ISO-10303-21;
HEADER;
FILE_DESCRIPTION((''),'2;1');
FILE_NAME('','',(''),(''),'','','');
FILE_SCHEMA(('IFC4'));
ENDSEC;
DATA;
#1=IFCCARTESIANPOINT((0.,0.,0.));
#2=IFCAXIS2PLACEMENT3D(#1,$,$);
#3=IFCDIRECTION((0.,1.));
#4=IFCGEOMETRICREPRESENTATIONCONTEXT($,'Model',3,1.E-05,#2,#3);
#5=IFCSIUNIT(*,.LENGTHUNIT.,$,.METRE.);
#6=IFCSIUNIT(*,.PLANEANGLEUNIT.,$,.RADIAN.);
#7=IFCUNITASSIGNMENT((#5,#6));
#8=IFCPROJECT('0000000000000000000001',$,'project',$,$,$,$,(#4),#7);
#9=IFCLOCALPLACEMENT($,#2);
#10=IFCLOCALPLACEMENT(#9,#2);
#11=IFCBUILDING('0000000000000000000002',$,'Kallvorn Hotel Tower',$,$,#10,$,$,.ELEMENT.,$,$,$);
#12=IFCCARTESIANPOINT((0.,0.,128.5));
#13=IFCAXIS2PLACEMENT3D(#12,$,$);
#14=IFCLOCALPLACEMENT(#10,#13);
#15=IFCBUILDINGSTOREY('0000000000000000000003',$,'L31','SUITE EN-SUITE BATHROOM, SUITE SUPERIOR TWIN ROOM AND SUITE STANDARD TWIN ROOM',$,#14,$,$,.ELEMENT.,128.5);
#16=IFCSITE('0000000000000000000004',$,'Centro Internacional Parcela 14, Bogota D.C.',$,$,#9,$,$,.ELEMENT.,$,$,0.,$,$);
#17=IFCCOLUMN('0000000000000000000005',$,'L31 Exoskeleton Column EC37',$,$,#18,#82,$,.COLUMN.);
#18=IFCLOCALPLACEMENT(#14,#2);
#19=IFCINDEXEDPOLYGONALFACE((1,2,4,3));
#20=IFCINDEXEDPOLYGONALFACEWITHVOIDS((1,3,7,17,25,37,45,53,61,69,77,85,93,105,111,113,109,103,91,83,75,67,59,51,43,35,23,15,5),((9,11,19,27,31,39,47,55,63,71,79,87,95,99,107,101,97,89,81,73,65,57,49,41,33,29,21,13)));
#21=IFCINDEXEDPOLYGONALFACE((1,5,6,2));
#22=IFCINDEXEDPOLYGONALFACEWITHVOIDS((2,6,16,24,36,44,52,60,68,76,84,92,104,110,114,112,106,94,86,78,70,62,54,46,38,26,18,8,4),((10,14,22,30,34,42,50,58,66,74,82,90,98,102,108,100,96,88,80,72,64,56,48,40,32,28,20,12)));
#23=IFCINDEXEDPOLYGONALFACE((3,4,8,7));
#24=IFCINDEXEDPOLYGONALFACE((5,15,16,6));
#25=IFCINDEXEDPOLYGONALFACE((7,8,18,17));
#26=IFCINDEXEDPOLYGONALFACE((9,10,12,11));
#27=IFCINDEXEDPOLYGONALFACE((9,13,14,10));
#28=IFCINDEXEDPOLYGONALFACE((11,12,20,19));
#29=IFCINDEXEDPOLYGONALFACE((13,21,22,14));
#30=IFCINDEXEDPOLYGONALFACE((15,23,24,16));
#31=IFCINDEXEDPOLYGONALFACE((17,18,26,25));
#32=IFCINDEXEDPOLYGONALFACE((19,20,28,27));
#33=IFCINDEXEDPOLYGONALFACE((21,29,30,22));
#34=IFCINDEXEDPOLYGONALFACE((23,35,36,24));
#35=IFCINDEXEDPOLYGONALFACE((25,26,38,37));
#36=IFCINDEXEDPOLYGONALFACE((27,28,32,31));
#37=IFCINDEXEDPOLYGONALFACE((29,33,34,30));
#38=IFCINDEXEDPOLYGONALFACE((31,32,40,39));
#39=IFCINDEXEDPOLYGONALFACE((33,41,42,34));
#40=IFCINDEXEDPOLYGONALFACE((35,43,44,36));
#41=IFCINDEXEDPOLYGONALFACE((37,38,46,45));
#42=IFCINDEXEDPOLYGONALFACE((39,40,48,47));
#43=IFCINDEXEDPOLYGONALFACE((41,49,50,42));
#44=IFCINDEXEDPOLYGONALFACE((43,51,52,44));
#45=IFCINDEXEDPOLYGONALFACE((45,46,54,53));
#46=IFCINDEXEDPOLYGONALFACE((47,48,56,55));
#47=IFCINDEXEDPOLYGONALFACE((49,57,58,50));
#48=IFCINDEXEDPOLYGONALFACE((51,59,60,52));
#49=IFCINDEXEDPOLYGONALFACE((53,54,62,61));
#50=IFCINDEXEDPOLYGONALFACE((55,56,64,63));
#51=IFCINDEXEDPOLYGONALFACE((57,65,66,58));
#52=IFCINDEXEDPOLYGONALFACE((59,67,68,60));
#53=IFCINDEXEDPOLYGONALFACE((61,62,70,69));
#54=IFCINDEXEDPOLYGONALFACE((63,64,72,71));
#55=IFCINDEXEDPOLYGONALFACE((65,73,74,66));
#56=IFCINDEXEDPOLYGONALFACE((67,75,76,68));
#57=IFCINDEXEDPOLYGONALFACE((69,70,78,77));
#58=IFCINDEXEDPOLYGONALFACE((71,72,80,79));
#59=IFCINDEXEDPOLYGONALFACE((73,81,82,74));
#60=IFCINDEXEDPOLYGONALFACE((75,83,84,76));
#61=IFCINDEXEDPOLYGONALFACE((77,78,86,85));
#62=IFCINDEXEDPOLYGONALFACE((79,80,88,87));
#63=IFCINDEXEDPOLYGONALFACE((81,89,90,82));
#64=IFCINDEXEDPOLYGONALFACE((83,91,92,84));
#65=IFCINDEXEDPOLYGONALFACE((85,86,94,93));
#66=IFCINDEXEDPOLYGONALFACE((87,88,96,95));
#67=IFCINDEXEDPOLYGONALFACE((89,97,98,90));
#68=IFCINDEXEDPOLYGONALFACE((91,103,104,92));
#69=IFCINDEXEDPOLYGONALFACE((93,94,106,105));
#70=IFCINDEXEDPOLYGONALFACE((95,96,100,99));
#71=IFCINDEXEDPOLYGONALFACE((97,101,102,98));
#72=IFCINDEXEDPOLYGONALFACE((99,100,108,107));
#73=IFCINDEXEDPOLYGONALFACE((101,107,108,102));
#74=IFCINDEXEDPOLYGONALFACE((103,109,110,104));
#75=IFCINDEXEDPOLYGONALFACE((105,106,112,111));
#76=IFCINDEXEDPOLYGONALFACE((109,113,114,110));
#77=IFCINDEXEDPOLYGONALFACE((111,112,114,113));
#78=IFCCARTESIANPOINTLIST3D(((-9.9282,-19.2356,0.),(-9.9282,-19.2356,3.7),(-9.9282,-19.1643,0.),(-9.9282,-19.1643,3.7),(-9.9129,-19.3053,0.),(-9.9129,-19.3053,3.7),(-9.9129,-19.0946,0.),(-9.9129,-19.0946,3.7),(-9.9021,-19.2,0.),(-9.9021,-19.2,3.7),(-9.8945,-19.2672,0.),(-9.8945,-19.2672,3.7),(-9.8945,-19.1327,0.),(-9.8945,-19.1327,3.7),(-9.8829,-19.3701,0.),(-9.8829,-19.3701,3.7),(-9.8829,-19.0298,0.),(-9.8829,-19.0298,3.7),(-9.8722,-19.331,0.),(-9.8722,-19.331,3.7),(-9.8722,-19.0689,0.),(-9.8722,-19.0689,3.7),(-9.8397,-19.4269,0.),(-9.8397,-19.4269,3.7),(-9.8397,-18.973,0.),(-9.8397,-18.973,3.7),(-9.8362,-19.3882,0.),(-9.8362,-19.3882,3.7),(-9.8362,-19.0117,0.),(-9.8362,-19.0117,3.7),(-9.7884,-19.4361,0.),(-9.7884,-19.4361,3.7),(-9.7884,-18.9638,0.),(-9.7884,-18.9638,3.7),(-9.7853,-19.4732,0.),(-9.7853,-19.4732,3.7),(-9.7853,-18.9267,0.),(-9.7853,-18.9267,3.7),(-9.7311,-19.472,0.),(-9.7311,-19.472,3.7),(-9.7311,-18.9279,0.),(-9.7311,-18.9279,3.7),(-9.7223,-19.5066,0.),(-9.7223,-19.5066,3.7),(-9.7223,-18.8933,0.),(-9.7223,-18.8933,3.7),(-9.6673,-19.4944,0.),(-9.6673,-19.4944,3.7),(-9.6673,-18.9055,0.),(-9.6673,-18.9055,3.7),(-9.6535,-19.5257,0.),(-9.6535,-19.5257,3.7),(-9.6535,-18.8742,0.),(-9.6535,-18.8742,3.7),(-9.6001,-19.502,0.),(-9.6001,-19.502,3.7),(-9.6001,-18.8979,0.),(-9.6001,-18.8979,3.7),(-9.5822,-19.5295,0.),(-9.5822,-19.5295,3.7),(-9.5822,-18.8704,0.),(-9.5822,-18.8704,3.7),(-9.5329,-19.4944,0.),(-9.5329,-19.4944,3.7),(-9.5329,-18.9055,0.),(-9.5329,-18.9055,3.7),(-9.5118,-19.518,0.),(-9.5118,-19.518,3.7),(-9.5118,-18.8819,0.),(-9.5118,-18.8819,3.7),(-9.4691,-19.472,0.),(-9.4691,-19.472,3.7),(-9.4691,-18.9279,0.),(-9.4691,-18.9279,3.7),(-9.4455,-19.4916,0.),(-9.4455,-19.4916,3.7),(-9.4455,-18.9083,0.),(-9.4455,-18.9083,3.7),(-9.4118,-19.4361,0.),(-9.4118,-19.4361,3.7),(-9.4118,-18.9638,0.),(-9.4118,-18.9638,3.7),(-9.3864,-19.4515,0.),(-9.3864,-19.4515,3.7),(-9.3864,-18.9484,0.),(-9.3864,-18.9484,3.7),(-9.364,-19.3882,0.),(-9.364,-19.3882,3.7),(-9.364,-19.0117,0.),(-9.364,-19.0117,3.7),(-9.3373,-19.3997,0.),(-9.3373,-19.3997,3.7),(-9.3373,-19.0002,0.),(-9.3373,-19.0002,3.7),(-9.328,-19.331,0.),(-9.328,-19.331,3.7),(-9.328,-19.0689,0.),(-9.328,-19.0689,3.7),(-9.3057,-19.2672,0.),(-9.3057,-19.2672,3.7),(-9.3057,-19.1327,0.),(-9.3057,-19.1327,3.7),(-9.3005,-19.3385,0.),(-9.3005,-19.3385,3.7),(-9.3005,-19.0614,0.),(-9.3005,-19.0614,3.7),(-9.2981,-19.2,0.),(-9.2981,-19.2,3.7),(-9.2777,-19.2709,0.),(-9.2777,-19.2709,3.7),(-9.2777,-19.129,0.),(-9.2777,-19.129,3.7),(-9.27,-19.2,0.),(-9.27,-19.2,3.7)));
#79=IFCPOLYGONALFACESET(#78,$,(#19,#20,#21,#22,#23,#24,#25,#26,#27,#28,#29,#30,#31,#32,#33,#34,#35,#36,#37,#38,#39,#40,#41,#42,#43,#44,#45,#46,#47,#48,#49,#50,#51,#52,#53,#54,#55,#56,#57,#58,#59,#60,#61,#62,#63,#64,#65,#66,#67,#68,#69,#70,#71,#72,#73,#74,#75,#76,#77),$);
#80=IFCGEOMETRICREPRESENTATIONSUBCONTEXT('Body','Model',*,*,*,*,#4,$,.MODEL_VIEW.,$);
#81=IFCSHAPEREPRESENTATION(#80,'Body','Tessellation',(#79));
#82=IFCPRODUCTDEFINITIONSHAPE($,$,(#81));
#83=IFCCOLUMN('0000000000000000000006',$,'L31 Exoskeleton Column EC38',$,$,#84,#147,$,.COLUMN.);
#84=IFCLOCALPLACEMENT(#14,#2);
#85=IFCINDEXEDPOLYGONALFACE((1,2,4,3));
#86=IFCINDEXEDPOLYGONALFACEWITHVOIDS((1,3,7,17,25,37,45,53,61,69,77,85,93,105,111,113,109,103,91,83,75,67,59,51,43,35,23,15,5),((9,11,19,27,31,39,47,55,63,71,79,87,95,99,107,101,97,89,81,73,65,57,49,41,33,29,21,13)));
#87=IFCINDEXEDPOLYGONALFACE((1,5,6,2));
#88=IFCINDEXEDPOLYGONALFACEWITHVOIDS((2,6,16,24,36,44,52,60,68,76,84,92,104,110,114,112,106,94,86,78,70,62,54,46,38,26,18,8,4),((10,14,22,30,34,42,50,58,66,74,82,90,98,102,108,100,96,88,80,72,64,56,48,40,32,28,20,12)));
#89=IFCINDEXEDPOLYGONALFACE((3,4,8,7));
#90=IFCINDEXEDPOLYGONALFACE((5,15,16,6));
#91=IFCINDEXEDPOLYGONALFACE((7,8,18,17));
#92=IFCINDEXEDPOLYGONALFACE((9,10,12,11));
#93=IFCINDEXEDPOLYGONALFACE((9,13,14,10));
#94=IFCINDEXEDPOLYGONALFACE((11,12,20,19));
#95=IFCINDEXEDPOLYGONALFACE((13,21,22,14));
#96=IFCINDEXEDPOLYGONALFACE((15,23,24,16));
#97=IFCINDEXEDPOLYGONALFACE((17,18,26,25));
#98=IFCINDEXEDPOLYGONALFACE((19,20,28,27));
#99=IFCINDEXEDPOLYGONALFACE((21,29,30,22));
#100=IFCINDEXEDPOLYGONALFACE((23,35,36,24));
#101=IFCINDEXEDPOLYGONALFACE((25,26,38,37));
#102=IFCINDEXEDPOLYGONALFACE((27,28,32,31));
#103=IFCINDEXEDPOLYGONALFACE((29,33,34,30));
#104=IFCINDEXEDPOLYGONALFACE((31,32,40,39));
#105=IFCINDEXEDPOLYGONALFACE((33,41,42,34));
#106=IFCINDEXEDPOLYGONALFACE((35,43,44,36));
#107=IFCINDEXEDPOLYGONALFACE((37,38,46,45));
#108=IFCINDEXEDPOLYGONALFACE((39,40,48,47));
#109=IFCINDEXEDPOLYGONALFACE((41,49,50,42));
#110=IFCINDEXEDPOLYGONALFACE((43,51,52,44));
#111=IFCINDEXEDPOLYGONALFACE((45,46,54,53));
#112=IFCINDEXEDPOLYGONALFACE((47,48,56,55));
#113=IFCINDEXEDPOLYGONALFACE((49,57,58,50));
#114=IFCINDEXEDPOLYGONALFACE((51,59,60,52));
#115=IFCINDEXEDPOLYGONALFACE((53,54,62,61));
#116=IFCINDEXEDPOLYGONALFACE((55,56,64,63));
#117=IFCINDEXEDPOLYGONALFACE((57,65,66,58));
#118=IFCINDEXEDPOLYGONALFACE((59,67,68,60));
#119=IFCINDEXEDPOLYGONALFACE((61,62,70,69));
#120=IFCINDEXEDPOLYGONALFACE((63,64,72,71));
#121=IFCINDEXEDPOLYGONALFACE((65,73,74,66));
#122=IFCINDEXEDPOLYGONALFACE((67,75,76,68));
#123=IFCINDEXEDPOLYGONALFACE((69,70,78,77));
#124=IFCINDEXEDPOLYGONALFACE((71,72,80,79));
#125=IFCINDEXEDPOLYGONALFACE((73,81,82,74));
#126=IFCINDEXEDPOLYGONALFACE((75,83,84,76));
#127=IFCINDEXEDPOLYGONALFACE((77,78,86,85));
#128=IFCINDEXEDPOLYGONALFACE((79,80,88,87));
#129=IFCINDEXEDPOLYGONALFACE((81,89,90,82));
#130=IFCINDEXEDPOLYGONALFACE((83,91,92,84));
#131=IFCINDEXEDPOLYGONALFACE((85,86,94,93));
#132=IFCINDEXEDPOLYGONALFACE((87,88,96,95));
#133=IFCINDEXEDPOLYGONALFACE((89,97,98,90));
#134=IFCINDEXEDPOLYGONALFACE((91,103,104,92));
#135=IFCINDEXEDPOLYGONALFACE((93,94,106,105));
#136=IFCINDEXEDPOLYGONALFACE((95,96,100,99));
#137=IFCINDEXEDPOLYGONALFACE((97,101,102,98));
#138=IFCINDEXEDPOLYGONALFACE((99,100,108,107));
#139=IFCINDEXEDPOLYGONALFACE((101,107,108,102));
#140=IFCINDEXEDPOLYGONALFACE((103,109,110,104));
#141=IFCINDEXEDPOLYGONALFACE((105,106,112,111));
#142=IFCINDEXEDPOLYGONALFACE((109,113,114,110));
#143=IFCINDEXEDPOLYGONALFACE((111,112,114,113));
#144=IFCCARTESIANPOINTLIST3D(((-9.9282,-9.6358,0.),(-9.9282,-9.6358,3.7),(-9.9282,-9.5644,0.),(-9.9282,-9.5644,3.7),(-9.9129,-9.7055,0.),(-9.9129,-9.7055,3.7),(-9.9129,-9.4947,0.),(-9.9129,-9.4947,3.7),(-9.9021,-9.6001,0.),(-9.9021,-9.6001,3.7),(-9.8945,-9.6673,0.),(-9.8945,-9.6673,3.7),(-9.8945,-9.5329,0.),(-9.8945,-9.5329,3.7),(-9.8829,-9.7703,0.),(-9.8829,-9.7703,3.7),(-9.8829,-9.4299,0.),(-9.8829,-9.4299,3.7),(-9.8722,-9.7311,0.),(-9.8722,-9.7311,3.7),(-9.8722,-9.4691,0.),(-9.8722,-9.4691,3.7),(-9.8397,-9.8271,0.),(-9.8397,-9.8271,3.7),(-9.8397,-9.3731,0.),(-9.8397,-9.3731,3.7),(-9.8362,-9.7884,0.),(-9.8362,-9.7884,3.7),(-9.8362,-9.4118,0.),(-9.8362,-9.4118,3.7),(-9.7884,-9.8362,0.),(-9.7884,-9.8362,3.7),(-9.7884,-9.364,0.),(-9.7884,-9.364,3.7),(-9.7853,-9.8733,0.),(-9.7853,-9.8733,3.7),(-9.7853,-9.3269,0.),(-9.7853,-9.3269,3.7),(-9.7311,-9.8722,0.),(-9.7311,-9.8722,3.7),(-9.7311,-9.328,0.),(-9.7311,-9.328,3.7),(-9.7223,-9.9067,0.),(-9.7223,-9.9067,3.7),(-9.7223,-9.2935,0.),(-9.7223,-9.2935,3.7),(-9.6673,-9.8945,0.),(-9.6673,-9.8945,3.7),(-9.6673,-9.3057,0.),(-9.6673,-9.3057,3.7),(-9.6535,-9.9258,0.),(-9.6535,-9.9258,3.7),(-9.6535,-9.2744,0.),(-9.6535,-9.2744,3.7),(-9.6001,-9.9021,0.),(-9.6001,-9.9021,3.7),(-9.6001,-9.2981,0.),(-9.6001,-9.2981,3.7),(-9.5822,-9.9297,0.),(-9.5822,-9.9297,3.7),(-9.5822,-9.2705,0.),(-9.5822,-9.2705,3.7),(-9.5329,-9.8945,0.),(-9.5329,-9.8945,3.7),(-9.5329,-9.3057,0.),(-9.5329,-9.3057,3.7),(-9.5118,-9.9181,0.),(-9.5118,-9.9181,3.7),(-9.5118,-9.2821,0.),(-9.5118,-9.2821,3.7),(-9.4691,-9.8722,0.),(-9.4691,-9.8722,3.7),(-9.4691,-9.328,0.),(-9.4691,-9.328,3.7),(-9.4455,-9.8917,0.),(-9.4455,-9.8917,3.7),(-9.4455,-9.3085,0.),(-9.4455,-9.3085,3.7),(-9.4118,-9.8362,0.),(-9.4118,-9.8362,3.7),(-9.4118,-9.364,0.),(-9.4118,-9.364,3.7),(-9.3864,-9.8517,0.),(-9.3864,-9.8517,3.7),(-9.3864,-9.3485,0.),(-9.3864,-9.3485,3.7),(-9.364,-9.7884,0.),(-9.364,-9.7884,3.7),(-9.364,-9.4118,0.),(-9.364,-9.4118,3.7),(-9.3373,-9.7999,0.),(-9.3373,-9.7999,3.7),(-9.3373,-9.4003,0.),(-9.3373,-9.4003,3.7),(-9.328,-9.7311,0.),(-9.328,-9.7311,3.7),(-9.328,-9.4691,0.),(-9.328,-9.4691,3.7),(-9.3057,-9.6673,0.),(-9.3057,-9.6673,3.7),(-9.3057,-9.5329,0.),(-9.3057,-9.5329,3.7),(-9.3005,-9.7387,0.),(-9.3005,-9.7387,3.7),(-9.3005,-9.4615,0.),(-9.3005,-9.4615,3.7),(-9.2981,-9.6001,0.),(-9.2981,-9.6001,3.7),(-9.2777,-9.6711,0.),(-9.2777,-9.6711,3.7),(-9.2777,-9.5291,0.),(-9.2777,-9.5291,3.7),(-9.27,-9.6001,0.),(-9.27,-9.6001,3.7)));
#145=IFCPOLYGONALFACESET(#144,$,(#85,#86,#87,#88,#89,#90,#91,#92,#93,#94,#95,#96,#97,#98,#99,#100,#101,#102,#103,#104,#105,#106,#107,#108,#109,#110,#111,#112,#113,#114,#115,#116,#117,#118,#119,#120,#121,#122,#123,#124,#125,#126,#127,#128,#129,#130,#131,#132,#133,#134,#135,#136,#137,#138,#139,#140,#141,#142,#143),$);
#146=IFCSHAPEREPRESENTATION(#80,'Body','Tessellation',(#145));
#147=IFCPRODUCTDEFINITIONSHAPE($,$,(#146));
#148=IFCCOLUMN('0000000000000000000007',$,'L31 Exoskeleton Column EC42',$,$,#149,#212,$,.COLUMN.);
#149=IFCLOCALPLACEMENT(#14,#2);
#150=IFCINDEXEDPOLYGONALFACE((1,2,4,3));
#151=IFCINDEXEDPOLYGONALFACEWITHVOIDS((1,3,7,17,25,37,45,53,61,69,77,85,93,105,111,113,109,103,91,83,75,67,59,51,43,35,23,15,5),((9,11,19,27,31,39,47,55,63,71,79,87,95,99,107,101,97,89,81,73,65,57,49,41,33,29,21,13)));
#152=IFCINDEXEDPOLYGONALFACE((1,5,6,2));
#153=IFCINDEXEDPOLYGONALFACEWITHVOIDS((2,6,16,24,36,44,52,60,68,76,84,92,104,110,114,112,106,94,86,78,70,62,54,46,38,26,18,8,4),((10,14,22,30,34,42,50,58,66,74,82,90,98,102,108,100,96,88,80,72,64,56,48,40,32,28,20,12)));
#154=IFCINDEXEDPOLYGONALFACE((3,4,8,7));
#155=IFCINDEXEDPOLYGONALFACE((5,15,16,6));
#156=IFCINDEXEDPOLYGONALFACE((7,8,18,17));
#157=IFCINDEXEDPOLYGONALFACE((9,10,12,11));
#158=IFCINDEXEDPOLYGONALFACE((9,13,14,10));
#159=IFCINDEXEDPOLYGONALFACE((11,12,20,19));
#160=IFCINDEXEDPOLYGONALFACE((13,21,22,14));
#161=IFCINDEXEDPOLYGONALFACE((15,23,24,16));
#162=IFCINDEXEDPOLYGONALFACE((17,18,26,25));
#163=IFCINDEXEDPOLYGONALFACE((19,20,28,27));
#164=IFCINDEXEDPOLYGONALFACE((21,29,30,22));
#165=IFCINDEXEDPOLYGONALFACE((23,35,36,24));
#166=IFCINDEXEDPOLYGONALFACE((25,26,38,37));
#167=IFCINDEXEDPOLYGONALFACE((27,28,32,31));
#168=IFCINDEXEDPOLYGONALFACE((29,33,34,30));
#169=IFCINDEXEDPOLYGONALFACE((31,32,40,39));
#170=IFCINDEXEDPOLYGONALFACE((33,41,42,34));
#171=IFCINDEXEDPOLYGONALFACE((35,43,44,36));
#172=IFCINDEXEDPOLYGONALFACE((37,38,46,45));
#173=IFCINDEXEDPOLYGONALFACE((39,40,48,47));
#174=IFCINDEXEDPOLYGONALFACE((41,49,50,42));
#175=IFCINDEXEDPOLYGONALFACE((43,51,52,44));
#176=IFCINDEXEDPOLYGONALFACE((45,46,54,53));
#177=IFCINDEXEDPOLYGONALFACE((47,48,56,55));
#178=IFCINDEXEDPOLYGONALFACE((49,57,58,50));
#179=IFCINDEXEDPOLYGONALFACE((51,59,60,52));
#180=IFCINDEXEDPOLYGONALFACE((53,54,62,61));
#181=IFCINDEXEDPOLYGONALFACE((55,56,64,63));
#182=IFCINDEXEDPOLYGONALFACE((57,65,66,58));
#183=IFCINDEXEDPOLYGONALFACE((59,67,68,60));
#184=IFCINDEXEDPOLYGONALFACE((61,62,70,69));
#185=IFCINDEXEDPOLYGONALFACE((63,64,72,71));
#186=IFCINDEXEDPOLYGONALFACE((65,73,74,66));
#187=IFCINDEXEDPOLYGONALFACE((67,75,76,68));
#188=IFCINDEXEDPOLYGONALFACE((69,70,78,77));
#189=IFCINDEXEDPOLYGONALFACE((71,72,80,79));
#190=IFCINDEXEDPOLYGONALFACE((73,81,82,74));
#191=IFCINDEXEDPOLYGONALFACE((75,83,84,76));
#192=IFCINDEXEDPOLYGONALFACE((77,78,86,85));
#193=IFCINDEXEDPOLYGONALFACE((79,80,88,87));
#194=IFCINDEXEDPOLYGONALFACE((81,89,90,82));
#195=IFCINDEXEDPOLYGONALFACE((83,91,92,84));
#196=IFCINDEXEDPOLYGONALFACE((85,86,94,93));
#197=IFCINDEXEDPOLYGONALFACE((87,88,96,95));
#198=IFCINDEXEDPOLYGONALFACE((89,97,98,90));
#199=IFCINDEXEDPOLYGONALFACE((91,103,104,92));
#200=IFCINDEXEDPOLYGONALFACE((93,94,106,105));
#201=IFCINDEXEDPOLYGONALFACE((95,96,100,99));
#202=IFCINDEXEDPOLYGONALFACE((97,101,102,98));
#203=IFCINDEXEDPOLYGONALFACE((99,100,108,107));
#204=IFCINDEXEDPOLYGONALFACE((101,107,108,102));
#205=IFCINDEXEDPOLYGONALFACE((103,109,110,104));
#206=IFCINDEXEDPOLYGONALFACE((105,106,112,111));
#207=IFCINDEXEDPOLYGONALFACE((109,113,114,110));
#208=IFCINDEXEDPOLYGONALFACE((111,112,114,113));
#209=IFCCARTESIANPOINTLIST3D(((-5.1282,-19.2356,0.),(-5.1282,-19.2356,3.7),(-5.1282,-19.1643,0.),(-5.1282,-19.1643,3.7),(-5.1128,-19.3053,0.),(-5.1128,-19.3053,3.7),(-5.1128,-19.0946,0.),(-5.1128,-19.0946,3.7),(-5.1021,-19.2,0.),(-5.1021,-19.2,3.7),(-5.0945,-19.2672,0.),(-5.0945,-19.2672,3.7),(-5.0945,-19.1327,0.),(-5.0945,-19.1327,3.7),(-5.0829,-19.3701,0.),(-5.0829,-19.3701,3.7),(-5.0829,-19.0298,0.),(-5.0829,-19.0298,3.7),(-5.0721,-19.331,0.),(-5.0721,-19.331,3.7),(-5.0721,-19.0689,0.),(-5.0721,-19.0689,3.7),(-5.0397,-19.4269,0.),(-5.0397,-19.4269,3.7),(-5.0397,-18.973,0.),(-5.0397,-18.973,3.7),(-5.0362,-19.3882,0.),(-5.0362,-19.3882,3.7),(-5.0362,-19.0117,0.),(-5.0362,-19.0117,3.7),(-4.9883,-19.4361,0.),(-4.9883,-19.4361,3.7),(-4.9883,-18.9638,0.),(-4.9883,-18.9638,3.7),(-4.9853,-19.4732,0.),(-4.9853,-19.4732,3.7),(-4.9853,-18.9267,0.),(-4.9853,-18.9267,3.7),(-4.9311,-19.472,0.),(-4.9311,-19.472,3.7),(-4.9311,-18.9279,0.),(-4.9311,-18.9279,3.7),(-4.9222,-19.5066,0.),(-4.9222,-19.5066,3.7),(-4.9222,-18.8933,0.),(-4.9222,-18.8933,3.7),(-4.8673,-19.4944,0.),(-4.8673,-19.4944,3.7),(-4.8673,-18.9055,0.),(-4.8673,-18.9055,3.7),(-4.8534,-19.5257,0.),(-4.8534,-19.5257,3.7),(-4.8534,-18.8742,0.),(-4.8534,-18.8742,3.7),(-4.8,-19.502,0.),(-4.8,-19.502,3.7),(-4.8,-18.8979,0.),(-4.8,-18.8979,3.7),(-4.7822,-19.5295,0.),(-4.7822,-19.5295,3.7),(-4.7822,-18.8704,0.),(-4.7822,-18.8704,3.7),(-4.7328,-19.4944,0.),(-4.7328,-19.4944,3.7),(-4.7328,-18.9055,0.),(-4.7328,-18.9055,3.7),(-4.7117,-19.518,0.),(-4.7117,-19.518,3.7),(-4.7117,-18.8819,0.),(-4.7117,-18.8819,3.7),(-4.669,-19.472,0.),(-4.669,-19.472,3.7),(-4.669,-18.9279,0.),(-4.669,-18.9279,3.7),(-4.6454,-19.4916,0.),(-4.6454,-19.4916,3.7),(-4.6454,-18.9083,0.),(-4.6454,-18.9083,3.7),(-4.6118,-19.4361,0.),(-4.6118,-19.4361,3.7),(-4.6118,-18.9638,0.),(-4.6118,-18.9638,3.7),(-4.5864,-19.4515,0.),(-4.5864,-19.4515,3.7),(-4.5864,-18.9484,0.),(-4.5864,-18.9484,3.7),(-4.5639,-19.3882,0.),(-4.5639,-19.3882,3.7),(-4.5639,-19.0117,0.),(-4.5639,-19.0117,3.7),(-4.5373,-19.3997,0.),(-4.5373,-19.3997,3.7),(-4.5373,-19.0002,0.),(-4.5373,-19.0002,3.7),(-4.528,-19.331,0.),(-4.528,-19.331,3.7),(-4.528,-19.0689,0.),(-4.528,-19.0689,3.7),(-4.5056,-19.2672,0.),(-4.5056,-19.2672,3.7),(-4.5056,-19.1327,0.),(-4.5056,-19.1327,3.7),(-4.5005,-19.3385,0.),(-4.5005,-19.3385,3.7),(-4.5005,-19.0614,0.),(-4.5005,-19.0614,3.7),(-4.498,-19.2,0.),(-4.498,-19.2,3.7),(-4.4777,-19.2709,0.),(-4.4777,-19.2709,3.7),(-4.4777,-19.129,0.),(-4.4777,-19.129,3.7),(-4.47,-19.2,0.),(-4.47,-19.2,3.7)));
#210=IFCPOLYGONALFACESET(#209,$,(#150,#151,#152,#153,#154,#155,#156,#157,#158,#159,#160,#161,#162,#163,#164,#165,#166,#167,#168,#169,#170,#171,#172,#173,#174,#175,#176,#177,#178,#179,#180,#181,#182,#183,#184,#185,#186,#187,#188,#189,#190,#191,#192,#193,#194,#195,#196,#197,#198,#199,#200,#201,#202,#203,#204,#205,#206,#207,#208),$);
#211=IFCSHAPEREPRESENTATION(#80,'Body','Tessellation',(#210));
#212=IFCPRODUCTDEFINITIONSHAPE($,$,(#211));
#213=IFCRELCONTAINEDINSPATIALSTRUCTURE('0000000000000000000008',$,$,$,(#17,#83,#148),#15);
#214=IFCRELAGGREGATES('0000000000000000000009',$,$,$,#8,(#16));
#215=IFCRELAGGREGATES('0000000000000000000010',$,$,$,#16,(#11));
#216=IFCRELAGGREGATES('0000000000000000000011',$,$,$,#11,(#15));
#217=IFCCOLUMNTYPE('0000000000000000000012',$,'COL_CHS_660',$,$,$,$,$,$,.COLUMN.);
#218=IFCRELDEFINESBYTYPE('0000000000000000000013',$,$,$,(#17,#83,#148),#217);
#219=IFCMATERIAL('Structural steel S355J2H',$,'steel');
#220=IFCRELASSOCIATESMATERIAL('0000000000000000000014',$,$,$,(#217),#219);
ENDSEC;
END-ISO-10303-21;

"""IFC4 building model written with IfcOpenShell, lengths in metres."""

from ifc_helpers import new_model, si_unit, direction, frame, origin, origin_2d, place, context, subcontext, project, spatial, hollow_circle, extrude, material, material_profile, profile_set, type_object, element, save


model = new_model("IFC4")

# Units and contexts
model_context = context("Model", 3, precision=1e-05, world=origin(), true_north=direction((0.0, 1.0)))
body_context = subcontext(model_context, "Body", "Model", "MODEL_VIEW")
ifc_project = project(units=[si_unit("LENGTHUNIT", "METRE"), si_unit("PLANEANGLEUNIT", "RADIAN")], contexts=[model_context])

# Site, building, storey
site_placement = place(None, origin())
site = spatial("IfcSite", under=ifc_project, at=site_placement, Name="Centro Internacional Parcela 14, Bogota D.C.", CompositionType="ELEMENT", RefElevation=0.0)
building_placement = place(site_placement, origin())
building = spatial("IfcBuilding", under=site, at=building_placement, Name="Kallvorn Hotel Tower", CompositionType="ELEMENT")
storey_placement = place(building_placement, frame((0.0, 0.0, 128.5)))
storey = spatial("IfcBuildingStorey", under=building, at=storey_placement, Name="L31", Description="SUITE EN-SUITE BATHROOM, SUITE SUPERIOR TWIN ROOM AND SUITE STANDARD TWIN ROOM", CompositionType="ELEMENT", Elevation=128.5)

# Columns
ifc_material_1 = material(Name="Structural steel S355J2H", Category="steel")
ifc_material_profile_1 = material_profile(ifc_material_1, hollow_circle(Radius=0.3301, WallThickness=0.0281, at=origin_2d()), Name="CHS 660x28")
ifc_profile_set_1 = profile_set([ifc_material_profile_1], Name="Structural steel S355J2H")
column_type_1 = type_object("IfcColumnType", Name="COL_CHS_660", PredefinedType="COLUMN", material=ifc_profile_set_1)
for number, where, z_axis, x_axis, name in (
    (1, (-9.6001, -19.2, 0.0), (0.0, 0.0, 1.0), (1.0, 0.0, 0.0), "L31 Exoskeleton Column EC37"),
    (2, (-9.6001, -9.6001, 0.0), (0.0, 0.0, 1.0), (1.0, 0.0, 0.0), "L31 Exoskeleton Column EC38"),
    (3, (-4.8, -19.2, 0.0), (0.0, 0.0, 1.0), (1.0, 0.0, 0.0), "L31 Exoskeleton Column EC42"),
):
    element("IfcColumn", number, at=place(storey_placement, frame(where, z_axis=z_axis, x_axis=x_axis)), inside=storey, type_object=column_type_1, Name=name, PredefinedType="COLUMN", context=body_context, shape_type="SweptSolid", body=[
        extrude(hollow_circle(Radius=0.3301, WallThickness=0.0281, at=origin_2d()), origin(), (0.0, 0.0, 1.0), 3.7),
    ])

save(model, "model.ifc")
